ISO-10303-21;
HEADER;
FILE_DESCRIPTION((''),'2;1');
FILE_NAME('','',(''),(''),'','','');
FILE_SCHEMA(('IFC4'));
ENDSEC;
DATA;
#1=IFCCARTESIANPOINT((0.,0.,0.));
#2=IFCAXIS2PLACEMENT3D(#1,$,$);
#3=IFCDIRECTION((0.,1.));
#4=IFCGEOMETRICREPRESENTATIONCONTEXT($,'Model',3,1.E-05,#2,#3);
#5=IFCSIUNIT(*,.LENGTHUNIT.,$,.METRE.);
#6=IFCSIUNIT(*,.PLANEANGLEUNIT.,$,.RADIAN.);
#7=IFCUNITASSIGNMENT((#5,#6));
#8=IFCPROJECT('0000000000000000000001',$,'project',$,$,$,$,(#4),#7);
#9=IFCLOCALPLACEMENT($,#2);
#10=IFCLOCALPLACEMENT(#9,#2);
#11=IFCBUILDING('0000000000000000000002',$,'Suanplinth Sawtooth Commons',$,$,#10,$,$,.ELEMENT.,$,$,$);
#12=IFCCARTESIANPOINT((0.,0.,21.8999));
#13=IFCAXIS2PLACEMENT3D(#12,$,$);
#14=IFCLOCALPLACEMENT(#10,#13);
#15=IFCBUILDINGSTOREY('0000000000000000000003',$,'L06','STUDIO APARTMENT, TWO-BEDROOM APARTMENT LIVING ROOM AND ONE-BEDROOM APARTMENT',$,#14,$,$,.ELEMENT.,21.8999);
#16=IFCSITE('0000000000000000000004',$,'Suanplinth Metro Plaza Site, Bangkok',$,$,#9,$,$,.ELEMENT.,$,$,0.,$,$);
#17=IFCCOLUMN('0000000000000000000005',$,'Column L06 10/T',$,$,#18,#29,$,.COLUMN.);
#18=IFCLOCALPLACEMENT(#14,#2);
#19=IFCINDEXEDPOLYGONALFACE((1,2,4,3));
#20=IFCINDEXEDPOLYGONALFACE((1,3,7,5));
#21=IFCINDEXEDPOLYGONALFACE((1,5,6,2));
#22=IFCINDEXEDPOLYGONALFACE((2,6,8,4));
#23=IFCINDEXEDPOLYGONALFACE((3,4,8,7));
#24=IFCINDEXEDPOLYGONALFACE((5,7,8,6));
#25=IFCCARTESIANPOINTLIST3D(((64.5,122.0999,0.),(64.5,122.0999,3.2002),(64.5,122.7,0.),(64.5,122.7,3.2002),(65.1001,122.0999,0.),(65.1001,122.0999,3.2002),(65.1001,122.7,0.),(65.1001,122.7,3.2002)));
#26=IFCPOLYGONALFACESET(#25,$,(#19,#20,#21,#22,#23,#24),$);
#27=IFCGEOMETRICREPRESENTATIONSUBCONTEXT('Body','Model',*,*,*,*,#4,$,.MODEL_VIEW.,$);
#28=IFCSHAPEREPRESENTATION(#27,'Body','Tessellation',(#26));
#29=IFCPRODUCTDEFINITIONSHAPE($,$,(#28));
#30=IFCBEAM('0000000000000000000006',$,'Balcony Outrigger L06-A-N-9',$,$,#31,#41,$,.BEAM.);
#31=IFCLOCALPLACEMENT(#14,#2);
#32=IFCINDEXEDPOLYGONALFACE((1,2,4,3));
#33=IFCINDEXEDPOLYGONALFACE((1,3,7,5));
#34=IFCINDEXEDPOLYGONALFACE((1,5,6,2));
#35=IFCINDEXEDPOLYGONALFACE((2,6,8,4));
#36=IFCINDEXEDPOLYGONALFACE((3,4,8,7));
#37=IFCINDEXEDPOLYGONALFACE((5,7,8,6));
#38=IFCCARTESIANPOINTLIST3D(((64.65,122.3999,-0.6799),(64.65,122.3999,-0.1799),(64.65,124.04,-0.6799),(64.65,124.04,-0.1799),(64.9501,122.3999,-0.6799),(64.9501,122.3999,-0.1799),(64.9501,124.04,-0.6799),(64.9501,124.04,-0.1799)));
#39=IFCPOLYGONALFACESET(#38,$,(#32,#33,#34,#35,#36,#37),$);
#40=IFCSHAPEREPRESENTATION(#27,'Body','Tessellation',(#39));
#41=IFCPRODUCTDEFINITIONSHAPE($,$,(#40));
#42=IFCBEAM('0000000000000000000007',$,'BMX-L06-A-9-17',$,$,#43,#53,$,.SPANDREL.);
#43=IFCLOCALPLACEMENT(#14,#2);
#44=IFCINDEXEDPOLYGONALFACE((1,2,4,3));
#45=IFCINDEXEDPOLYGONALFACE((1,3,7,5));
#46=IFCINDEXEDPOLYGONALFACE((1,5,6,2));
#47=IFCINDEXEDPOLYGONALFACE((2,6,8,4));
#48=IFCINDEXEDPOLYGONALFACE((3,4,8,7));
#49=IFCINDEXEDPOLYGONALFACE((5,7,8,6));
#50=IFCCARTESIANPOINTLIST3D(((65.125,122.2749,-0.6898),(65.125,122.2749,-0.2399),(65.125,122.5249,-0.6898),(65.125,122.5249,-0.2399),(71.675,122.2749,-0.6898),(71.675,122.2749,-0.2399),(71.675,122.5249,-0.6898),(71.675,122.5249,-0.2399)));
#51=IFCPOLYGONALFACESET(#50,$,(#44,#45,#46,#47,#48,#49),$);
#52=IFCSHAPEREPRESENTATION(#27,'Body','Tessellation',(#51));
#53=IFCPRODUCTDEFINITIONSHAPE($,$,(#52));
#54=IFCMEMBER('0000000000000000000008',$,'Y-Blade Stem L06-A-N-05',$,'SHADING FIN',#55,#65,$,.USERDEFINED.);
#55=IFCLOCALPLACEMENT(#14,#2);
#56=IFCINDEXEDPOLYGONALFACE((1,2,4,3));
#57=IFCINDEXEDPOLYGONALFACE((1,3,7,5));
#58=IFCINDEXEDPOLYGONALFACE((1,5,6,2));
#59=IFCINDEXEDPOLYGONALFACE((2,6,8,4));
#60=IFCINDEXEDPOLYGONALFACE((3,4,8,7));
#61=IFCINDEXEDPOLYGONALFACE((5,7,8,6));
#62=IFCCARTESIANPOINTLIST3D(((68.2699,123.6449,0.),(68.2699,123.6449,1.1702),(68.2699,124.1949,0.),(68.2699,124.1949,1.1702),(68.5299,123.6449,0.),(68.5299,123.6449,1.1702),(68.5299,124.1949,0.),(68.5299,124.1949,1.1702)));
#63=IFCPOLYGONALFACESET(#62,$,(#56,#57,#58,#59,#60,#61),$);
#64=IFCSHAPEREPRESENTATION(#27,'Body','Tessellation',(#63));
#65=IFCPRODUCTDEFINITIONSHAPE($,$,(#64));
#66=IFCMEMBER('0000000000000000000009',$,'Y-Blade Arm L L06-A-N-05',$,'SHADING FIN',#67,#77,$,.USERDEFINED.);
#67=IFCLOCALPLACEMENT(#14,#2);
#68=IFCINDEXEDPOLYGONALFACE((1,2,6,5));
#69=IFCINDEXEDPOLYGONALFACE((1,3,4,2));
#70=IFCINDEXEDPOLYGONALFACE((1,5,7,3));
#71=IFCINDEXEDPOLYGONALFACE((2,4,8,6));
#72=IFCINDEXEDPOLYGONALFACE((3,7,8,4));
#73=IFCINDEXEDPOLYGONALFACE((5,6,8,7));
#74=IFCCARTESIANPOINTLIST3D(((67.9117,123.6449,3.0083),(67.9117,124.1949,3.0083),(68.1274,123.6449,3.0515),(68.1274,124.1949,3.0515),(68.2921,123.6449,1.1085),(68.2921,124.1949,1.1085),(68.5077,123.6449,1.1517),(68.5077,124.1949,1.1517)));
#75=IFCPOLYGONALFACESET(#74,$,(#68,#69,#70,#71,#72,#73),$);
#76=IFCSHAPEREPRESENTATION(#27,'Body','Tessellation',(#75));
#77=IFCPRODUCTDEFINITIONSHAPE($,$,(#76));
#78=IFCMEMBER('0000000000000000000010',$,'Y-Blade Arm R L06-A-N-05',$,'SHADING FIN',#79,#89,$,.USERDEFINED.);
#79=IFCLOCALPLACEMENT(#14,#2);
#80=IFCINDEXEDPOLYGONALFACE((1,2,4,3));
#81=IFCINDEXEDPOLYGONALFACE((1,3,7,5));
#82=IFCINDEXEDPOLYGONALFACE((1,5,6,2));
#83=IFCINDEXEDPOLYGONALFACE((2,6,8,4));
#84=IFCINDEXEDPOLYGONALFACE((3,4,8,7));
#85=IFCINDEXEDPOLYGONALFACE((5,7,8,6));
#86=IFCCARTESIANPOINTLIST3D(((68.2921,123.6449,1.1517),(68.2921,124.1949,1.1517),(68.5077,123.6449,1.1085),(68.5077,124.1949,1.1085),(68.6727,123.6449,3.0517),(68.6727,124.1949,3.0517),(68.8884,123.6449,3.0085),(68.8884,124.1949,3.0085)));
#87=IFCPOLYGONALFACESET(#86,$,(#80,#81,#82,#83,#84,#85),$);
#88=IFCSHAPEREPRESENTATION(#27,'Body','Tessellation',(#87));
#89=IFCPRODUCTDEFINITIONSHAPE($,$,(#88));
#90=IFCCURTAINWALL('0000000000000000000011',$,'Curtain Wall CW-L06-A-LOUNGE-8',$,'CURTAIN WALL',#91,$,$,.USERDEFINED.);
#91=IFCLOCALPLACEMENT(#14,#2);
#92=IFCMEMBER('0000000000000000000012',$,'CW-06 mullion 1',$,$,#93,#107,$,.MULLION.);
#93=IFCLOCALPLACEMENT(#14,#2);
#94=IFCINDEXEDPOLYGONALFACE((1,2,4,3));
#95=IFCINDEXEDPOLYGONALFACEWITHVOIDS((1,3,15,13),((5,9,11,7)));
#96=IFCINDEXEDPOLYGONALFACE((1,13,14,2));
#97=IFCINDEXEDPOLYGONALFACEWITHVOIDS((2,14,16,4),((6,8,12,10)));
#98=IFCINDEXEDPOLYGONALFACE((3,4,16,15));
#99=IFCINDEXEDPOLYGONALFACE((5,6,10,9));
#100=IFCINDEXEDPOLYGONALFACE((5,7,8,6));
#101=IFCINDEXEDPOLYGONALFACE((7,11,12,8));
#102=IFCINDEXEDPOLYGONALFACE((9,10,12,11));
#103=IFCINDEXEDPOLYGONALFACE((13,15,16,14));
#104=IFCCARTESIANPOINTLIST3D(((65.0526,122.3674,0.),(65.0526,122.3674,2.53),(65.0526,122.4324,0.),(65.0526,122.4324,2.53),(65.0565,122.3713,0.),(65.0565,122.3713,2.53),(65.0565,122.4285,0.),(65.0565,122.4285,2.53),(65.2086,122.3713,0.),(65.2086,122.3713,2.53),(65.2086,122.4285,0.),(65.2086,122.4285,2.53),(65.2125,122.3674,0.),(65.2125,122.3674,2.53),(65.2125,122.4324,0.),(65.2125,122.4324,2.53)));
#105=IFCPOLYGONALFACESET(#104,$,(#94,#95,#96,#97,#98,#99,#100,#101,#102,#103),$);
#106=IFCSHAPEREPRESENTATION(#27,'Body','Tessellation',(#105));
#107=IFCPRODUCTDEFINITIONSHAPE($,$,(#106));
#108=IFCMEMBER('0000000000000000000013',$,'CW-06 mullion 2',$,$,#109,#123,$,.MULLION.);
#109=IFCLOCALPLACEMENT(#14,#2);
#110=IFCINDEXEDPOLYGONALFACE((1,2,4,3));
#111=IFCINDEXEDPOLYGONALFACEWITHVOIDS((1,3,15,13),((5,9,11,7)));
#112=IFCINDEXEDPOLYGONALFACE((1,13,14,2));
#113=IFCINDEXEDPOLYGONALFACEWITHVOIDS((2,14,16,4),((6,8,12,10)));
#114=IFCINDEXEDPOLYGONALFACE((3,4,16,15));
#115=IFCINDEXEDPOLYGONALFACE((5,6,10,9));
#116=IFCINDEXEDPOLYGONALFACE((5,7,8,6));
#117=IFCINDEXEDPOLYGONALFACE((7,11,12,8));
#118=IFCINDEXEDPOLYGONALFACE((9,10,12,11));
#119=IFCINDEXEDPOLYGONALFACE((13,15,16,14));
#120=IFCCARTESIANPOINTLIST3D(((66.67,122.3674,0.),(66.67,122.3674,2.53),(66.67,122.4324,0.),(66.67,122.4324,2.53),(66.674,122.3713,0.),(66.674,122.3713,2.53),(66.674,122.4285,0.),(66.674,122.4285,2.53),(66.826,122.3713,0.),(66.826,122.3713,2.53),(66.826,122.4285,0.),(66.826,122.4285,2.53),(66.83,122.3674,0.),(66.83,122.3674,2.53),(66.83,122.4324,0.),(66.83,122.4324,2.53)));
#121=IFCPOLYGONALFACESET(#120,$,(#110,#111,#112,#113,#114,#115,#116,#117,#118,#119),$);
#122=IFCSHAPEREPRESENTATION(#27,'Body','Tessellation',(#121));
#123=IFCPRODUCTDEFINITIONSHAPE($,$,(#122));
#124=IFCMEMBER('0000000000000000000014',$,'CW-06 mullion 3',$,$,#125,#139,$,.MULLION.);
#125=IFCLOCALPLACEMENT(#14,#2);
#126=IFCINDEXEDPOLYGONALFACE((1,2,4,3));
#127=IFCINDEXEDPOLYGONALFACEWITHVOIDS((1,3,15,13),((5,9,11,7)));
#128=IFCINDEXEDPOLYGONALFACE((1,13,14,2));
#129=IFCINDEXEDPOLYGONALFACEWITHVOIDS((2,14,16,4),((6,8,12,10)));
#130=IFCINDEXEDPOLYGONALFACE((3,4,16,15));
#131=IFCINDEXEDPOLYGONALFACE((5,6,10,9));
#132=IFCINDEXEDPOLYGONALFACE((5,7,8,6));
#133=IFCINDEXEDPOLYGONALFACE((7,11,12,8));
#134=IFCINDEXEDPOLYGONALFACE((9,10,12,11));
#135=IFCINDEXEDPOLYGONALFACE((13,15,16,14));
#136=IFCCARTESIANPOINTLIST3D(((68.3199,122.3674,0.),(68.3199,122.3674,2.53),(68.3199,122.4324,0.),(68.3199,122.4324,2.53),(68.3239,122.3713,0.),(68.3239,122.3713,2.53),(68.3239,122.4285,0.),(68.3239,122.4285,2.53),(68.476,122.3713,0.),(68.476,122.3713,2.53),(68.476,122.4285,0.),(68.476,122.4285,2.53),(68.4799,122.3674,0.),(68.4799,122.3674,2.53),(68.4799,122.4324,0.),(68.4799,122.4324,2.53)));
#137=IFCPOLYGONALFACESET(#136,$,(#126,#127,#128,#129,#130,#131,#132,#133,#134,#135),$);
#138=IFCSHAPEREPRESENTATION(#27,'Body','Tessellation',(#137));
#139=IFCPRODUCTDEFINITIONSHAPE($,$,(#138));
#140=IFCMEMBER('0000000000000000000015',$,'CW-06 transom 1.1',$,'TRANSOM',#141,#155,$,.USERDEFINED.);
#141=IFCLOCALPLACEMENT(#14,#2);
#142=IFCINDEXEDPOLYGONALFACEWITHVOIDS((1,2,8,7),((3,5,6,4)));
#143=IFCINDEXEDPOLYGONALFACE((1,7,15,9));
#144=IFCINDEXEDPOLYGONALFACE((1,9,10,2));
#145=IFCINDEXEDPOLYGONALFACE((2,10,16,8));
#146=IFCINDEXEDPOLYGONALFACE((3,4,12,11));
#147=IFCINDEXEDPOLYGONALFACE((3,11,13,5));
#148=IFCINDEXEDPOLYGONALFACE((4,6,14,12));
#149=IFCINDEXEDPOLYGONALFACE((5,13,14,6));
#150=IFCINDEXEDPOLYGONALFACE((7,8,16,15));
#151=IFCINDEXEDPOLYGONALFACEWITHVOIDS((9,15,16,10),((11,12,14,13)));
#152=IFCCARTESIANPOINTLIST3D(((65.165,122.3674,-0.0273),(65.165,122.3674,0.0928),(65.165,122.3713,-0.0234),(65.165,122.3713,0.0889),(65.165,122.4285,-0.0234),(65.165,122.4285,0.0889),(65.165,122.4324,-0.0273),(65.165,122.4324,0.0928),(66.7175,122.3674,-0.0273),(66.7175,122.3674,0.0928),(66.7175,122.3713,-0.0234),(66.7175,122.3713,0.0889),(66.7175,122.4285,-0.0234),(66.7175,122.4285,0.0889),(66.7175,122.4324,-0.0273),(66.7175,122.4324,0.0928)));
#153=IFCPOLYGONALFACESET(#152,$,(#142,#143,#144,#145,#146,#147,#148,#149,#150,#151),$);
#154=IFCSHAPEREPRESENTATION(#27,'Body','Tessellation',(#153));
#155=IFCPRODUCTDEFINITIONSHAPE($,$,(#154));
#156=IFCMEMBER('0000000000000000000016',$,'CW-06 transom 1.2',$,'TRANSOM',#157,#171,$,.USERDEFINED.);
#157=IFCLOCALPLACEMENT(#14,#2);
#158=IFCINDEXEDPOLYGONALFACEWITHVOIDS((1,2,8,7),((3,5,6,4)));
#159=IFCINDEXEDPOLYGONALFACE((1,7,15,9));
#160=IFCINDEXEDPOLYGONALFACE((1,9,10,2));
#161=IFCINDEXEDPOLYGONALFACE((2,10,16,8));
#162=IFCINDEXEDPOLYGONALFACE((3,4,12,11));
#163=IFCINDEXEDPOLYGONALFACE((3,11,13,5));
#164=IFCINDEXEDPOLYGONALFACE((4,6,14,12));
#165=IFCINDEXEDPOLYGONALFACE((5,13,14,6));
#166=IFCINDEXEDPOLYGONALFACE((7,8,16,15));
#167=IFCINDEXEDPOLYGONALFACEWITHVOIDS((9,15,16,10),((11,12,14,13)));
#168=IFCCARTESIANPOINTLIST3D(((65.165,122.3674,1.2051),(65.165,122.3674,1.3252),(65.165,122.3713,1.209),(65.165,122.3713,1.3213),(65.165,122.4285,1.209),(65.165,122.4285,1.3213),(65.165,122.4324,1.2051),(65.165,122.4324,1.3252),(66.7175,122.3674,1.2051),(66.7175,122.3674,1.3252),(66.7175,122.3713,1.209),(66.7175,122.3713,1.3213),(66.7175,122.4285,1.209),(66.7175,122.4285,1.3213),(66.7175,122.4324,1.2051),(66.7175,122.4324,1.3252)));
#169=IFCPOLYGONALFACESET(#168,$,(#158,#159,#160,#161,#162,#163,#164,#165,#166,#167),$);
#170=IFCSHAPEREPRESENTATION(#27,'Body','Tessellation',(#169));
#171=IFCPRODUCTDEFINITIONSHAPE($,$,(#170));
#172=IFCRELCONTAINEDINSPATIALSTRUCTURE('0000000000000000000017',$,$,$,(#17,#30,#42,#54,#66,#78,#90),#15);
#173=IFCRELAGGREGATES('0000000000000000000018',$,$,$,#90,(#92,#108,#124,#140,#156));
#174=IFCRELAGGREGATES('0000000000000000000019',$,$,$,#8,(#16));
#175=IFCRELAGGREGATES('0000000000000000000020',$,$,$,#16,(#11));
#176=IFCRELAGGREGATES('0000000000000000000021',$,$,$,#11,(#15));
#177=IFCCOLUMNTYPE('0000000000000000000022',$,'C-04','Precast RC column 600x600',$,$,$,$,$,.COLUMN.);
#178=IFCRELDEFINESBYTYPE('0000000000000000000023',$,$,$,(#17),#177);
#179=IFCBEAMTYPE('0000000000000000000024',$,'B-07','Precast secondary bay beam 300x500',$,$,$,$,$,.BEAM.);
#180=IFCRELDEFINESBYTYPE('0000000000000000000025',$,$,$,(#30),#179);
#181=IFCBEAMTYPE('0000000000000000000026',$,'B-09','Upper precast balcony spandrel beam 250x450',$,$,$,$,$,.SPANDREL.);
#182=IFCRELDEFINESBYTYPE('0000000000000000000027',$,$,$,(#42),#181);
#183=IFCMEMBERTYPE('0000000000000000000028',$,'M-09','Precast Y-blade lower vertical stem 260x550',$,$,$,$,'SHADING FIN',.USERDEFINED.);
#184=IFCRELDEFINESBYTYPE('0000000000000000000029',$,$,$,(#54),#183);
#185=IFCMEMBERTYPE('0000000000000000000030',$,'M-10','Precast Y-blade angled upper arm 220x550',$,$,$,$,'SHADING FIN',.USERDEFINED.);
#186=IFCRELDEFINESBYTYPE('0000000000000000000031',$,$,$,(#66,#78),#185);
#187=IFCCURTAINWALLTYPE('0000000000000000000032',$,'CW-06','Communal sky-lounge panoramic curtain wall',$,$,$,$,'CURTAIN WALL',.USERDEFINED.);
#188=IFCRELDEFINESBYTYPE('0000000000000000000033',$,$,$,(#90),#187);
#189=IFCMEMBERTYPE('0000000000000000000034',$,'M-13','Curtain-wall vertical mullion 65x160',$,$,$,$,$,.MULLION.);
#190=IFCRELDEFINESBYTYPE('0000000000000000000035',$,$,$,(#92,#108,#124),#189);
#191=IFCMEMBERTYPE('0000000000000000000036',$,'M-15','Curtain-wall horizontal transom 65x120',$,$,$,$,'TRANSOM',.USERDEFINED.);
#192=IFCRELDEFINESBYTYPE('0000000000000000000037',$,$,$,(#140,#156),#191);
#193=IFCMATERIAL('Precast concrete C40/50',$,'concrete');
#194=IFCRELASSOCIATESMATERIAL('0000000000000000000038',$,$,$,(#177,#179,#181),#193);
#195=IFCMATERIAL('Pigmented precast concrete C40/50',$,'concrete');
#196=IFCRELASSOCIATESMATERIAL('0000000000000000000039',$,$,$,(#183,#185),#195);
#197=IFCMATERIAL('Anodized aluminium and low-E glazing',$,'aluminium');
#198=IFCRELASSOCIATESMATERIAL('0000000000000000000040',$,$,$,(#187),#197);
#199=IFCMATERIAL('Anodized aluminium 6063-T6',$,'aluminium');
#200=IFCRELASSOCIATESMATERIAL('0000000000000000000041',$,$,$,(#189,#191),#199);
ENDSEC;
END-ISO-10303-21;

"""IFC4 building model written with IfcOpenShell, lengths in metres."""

from ifc_helpers import new_model, si_unit, direction, frame, origin, origin_2d, place, context, subcontext, project, spatial, rectangle, hollow_rectangle, extrude, material, material_profile, profile_set, type_object, element, aggregate, save


model = new_model("IFC4")

# Units and contexts
model_context = context("Model", 3, precision=1e-05, world=origin(), true_north=direction((0.0, 1.0)))
body_context = subcontext(model_context, "Body", "Model", "MODEL_VIEW")
ifc_project = project(units=[si_unit("LENGTHUNIT", "METRE"), si_unit("PLANEANGLEUNIT", "RADIAN")], contexts=[model_context])

# Site, building, storey
site_placement = place(None, origin())
site = spatial("IfcSite", under=ifc_project, at=site_placement, Name="Suanplinth Metro Plaza Site, Bangkok", CompositionType="ELEMENT", RefElevation=0.0)
building_placement = place(site_placement, origin())
building = spatial("IfcBuilding", under=site, at=building_placement, Name="Suanplinth Sawtooth Commons", CompositionType="ELEMENT")
storey_placement = place(building_placement, frame((0.0, 0.0, 21.8999)))
storey = spatial("IfcBuildingStorey", under=building, at=storey_placement, Name="L06", Description="STUDIO APARTMENT, TWO-BEDROOM APARTMENT LIVING ROOM AND ONE-BEDROOM APARTMENT", CompositionType="ELEMENT", Elevation=21.8999)

# Column
ifc_material_1 = material(Name="Precast concrete C40/50", Category="concrete")
ifc_material_profile_1 = material_profile(ifc_material_1, rectangle(XDim=0.6001, YDim=0.6001, at=origin_2d()), Name="PC-COL 600x600")
ifc_profile_set_1 = profile_set([ifc_material_profile_1], Name="Precast concrete C40/50")
column_type = type_object("IfcColumnType", Name="C-04", Description="Precast RC column 600x600", PredefinedType="COLUMN", material=ifc_profile_set_1)
column_placement = place(storey_placement, frame((64.8, 122.3999, 0.0), z_axis=(0.0, 0.0, 1.0), x_axis=(1.0, 0.0, 0.0)))
element("IfcColumn", 1, at=column_placement, inside=storey, type_object=column_type, Name="Column L06 10/T", PredefinedType="COLUMN", context=body_context, shape_type="SweptSolid", body=[
    extrude(rectangle(XDim=0.6001, YDim=0.6001, at=origin_2d()), origin(), (0.0, 0.0, 1.0), 3.2002),
])

# Beams
ifc_material_profile_2 = material_profile(ifc_material_1, rectangle(XDim=0.3, YDim=0.5, at=origin_2d()), Name="PC-BM 300x500")
ifc_profile_set_2 = profile_set([ifc_material_profile_2], Name="Precast concrete C40/50")
beam_type_1 = type_object("IfcBeamType", Name="B-07", Description="Precast secondary bay beam 300x500", PredefinedType="BEAM", material=ifc_profile_set_2)
beam_1_placement = place(storey_placement, frame((64.8, 122.3999, -0.4299), z_axis=(0.0, 1.0, 0.0), x_axis=(-1.0, 0.0, 0.0)))
element("IfcBeam", 2, at=beam_1_placement, inside=storey, type_object=beam_type_1, Name="Balcony Outrigger L06-A-N-9", PredefinedType="BEAM", context=body_context, shape_type="SweptSolid", body=[
    extrude(rectangle(XDim=0.3, YDim=0.5, at=origin_2d()), origin(), (0.0, 0.0, 1.0), 1.6401),
])
ifc_material_profile_3 = material_profile(ifc_material_1, rectangle(XDim=0.25, YDim=0.45, at=origin_2d()), Name="PC-SP 250x450")
ifc_profile_set_3 = profile_set([ifc_material_profile_3], Name="Precast concrete C40/50")
beam_type_2 = type_object("IfcBeamType", Name="B-09", Description="Upper precast balcony spandrel beam 250x450", PredefinedType="SPANDREL", material=ifc_profile_set_3)
beam_2_placement = place(storey_placement, frame((65.125, 122.3999, -0.4648), z_axis=(1.0, 0.0, 0.0), x_axis=(0.0, 1.0, 0.0)))
element("IfcBeam", 3, at=beam_2_placement, inside=storey, type_object=beam_type_2, Name="BMX-L06-A-9-17", PredefinedType="SPANDREL", context=body_context, shape_type="SweptSolid", body=[
    extrude(rectangle(XDim=0.25, YDim=0.45, at=origin_2d()), origin(), (0.0, 0.0, 1.0), 6.55),
])

# Members
ifc_material_2 = material(Name="Pigmented precast concrete C40/50", Category="concrete")
ifc_material_profile_4 = material_profile(ifc_material_2, rectangle(XDim=0.26, YDim=0.55, at=origin_2d()), Name="PC-FIN 260x550")
ifc_profile_set_4 = profile_set([ifc_material_profile_4], Name="Pigmented precast concrete C40/50")
member_type_1 = type_object("IfcMemberType", Name="M-09", Description="Precast Y-blade lower vertical stem 260x550", ElementType="SHADING FIN", PredefinedType="USERDEFINED", material=ifc_profile_set_4)
member_1_placement = place(storey_placement, frame((68.3999, 123.9199, 0.0), z_axis=(0.0, 0.0, 1.0), x_axis=(1.0, 0.0, 0.0)))
element("IfcMember", 4, at=member_1_placement, inside=storey, type_object=member_type_1, Name="Y-Blade Stem L06-A-N-05", ObjectType="SHADING FIN", PredefinedType="USERDEFINED", context=body_context, shape_type="SweptSolid", body=[
    extrude(rectangle(XDim=0.26, YDim=0.55, at=origin_2d()), origin(), (0.0, 0.0, 1.0), 1.1702),
])
ifc_material_profile_5 = material_profile(ifc_material_2, rectangle(XDim=0.22, YDim=0.55, at=origin_2d()), Name="PC-FIN 220x550")
ifc_profile_set_5 = profile_set([ifc_material_profile_5], Name="Pigmented precast concrete C40/50")
member_type_2 = type_object("IfcMemberType", Name="M-10", Description="Precast Y-blade angled upper arm 220x550", ElementType="SHADING FIN", PredefinedType="USERDEFINED", material=ifc_profile_set_5)
member_2_placement = place(storey_placement, frame((68.3999, 123.9199, 1.1301), z_axis=(-0.19631, 0.0, 0.980542), x_axis=(0.980542, 0.0, 0.19631)))
element("IfcMember", 5, at=member_2_placement, inside=storey, type_object=member_type_2, Name="Y-Blade Arm L L06-A-N-05", ObjectType="SHADING FIN", PredefinedType="USERDEFINED", context=body_context, shape_type="SweptSolid", body=[
    extrude(rectangle(XDim=0.22, YDim=0.55, at=origin_2d()), origin(), (0.0, 0.0, 1.0), 1.9375),
])
member_3_placement = place(storey_placement, frame((68.3999, 123.9199, 1.1301), z_axis=(0.196431, 0.0, 0.980518), x_axis=(-0.980518, 0.0, 0.196431)))
element("IfcMember", 6, at=member_3_placement, inside=storey, type_object=member_type_2, Name="Y-Blade Arm R L06-A-N-05", ObjectType="SHADING FIN", PredefinedType="USERDEFINED", context=body_context, shape_type="SweptSolid", body=[
    extrude(rectangle(XDim=0.22, YDim=0.55, at=origin_2d()), origin(), (0.0, 0.0, 1.0), 1.9377),
])

# Curtain wall, members
ifc_material_3 = material(Name="Anodized aluminium and low-E glazing", Category="aluminium")
curtain_wall_type = type_object("IfcCurtainWallType", Name="CW-06", Description="Communal sky-lounge panoramic curtain wall", ElementType="CURTAIN WALL", PredefinedType="USERDEFINED", material=ifc_material_3)
curtain_wall_placement = place(storey_placement, origin())
curtain_wall = element("IfcCurtainWall", 7, at=curtain_wall_placement, inside=storey, type_object=curtain_wall_type, Name="Curtain Wall CW-L06-A-LOUNGE-8", ObjectType="CURTAIN WALL", PredefinedType="USERDEFINED")
ifc_material_4 = material(Name="Anodized aluminium 6063-T6", Category="aluminium")
ifc_material_profile_6 = material_profile(ifc_material_4, hollow_rectangle(XDim=0.0649, YDim=0.1599, WallThickness=0.0039, at=origin_2d()), Name="ALU-MUL 65x160")
ifc_profile_set_6 = profile_set([ifc_material_profile_6], Name="Anodized aluminium 6063-T6")
member_type_3 = type_object("IfcMemberType", Name="M-13", Description="Curtain-wall vertical mullion 65x160", PredefinedType="MULLION", material=ifc_profile_set_6)
member_4_placement = place(storey_placement, frame((65.1326, 122.3999, 0.0), z_axis=(0.0, 0.0, 1.0), x_axis=(0.0, 1.0, 0.0)))
member_4 = element("IfcMember", 8, at=member_4_placement, type_object=member_type_3, Name="CW-06 mullion 1", PredefinedType="MULLION", context=body_context, shape_type="SweptSolid", body=[
    extrude(hollow_rectangle(XDim=0.0649, YDim=0.1599, WallThickness=0.0039, at=origin_2d()), origin(), (0.0, 0.0, 1.0), 2.53),
])
member_5_placement = place(storey_placement, frame((66.75, 122.3999, 0.0), z_axis=(0.0, 0.0, 1.0), x_axis=(0.0, 1.0, 0.0)))
member_5 = element("IfcMember", 9, at=member_5_placement, type_object=member_type_3, Name="CW-06 mullion 2", PredefinedType="MULLION", context=body_context, shape_type="SweptSolid", body=[
    extrude(hollow_rectangle(XDim=0.0649, YDim=0.1599, WallThickness=0.0039, at=origin_2d()), origin(), (0.0, 0.0, 1.0), 2.53),
])
member_6_placement = place(storey_placement, frame((68.3999, 122.3999, 0.0), z_axis=(0.0, 0.0, 1.0), x_axis=(0.0, 1.0, 0.0)))
member_6 = element("IfcMember", 10, at=member_6_placement, type_object=member_type_3, Name="CW-06 mullion 3", PredefinedType="MULLION", context=body_context, shape_type="SweptSolid", body=[
    extrude(hollow_rectangle(XDim=0.0649, YDim=0.1599, WallThickness=0.0039, at=origin_2d()), origin(), (0.0, 0.0, 1.0), 2.53),
])
ifc_material_profile_7 = material_profile(ifc_material_4, hollow_rectangle(XDim=0.0649, YDim=0.1201, WallThickness=0.0039, at=origin_2d()), Name="ALU-TRN 65x120")
ifc_profile_set_7 = profile_set([ifc_material_profile_7], Name="Anodized aluminium 6063-T6")
member_type_4 = type_object("IfcMemberType", Name="M-15", Description="Curtain-wall horizontal transom 65x120", ElementType="TRANSOM", PredefinedType="USERDEFINED", material=ifc_profile_set_7)
member_7_placement = place(storey_placement, frame((65.165, 122.3999, 0.0327), z_axis=(1.0, 0.0, 0.0), x_axis=(0.0, 1.0, 0.0)))
member_7 = element("IfcMember", 11, at=member_7_placement, type_object=member_type_4, Name="CW-06 transom 1.1", ObjectType="TRANSOM", PredefinedType="USERDEFINED", context=body_context, shape_type="SweptSolid", body=[
    extrude(hollow_rectangle(XDim=0.0649, YDim=0.1201, WallThickness=0.0039, at=origin_2d()), origin(), (0.0, 0.0, 1.0), 1.5525),
])
member_8_placement = place(storey_placement, frame((65.165, 122.3999, 1.2651), z_axis=(1.0, 0.0, 0.0), x_axis=(0.0, 1.0, 0.0)))
member_8 = element("IfcMember", 12, at=member_8_placement, type_object=member_type_4, Name="CW-06 transom 1.2", ObjectType="TRANSOM", PredefinedType="USERDEFINED", context=body_context, shape_type="SweptSolid", body=[
    extrude(hollow_rectangle(XDim=0.0649, YDim=0.1201, WallThickness=0.0039, at=origin_2d()), origin(), (0.0, 0.0, 1.0), 1.5525),
])

aggregate(curtain_wall, [member_4, member_5, member_6, member_7, member_8])

save(model, "model.ifc")
